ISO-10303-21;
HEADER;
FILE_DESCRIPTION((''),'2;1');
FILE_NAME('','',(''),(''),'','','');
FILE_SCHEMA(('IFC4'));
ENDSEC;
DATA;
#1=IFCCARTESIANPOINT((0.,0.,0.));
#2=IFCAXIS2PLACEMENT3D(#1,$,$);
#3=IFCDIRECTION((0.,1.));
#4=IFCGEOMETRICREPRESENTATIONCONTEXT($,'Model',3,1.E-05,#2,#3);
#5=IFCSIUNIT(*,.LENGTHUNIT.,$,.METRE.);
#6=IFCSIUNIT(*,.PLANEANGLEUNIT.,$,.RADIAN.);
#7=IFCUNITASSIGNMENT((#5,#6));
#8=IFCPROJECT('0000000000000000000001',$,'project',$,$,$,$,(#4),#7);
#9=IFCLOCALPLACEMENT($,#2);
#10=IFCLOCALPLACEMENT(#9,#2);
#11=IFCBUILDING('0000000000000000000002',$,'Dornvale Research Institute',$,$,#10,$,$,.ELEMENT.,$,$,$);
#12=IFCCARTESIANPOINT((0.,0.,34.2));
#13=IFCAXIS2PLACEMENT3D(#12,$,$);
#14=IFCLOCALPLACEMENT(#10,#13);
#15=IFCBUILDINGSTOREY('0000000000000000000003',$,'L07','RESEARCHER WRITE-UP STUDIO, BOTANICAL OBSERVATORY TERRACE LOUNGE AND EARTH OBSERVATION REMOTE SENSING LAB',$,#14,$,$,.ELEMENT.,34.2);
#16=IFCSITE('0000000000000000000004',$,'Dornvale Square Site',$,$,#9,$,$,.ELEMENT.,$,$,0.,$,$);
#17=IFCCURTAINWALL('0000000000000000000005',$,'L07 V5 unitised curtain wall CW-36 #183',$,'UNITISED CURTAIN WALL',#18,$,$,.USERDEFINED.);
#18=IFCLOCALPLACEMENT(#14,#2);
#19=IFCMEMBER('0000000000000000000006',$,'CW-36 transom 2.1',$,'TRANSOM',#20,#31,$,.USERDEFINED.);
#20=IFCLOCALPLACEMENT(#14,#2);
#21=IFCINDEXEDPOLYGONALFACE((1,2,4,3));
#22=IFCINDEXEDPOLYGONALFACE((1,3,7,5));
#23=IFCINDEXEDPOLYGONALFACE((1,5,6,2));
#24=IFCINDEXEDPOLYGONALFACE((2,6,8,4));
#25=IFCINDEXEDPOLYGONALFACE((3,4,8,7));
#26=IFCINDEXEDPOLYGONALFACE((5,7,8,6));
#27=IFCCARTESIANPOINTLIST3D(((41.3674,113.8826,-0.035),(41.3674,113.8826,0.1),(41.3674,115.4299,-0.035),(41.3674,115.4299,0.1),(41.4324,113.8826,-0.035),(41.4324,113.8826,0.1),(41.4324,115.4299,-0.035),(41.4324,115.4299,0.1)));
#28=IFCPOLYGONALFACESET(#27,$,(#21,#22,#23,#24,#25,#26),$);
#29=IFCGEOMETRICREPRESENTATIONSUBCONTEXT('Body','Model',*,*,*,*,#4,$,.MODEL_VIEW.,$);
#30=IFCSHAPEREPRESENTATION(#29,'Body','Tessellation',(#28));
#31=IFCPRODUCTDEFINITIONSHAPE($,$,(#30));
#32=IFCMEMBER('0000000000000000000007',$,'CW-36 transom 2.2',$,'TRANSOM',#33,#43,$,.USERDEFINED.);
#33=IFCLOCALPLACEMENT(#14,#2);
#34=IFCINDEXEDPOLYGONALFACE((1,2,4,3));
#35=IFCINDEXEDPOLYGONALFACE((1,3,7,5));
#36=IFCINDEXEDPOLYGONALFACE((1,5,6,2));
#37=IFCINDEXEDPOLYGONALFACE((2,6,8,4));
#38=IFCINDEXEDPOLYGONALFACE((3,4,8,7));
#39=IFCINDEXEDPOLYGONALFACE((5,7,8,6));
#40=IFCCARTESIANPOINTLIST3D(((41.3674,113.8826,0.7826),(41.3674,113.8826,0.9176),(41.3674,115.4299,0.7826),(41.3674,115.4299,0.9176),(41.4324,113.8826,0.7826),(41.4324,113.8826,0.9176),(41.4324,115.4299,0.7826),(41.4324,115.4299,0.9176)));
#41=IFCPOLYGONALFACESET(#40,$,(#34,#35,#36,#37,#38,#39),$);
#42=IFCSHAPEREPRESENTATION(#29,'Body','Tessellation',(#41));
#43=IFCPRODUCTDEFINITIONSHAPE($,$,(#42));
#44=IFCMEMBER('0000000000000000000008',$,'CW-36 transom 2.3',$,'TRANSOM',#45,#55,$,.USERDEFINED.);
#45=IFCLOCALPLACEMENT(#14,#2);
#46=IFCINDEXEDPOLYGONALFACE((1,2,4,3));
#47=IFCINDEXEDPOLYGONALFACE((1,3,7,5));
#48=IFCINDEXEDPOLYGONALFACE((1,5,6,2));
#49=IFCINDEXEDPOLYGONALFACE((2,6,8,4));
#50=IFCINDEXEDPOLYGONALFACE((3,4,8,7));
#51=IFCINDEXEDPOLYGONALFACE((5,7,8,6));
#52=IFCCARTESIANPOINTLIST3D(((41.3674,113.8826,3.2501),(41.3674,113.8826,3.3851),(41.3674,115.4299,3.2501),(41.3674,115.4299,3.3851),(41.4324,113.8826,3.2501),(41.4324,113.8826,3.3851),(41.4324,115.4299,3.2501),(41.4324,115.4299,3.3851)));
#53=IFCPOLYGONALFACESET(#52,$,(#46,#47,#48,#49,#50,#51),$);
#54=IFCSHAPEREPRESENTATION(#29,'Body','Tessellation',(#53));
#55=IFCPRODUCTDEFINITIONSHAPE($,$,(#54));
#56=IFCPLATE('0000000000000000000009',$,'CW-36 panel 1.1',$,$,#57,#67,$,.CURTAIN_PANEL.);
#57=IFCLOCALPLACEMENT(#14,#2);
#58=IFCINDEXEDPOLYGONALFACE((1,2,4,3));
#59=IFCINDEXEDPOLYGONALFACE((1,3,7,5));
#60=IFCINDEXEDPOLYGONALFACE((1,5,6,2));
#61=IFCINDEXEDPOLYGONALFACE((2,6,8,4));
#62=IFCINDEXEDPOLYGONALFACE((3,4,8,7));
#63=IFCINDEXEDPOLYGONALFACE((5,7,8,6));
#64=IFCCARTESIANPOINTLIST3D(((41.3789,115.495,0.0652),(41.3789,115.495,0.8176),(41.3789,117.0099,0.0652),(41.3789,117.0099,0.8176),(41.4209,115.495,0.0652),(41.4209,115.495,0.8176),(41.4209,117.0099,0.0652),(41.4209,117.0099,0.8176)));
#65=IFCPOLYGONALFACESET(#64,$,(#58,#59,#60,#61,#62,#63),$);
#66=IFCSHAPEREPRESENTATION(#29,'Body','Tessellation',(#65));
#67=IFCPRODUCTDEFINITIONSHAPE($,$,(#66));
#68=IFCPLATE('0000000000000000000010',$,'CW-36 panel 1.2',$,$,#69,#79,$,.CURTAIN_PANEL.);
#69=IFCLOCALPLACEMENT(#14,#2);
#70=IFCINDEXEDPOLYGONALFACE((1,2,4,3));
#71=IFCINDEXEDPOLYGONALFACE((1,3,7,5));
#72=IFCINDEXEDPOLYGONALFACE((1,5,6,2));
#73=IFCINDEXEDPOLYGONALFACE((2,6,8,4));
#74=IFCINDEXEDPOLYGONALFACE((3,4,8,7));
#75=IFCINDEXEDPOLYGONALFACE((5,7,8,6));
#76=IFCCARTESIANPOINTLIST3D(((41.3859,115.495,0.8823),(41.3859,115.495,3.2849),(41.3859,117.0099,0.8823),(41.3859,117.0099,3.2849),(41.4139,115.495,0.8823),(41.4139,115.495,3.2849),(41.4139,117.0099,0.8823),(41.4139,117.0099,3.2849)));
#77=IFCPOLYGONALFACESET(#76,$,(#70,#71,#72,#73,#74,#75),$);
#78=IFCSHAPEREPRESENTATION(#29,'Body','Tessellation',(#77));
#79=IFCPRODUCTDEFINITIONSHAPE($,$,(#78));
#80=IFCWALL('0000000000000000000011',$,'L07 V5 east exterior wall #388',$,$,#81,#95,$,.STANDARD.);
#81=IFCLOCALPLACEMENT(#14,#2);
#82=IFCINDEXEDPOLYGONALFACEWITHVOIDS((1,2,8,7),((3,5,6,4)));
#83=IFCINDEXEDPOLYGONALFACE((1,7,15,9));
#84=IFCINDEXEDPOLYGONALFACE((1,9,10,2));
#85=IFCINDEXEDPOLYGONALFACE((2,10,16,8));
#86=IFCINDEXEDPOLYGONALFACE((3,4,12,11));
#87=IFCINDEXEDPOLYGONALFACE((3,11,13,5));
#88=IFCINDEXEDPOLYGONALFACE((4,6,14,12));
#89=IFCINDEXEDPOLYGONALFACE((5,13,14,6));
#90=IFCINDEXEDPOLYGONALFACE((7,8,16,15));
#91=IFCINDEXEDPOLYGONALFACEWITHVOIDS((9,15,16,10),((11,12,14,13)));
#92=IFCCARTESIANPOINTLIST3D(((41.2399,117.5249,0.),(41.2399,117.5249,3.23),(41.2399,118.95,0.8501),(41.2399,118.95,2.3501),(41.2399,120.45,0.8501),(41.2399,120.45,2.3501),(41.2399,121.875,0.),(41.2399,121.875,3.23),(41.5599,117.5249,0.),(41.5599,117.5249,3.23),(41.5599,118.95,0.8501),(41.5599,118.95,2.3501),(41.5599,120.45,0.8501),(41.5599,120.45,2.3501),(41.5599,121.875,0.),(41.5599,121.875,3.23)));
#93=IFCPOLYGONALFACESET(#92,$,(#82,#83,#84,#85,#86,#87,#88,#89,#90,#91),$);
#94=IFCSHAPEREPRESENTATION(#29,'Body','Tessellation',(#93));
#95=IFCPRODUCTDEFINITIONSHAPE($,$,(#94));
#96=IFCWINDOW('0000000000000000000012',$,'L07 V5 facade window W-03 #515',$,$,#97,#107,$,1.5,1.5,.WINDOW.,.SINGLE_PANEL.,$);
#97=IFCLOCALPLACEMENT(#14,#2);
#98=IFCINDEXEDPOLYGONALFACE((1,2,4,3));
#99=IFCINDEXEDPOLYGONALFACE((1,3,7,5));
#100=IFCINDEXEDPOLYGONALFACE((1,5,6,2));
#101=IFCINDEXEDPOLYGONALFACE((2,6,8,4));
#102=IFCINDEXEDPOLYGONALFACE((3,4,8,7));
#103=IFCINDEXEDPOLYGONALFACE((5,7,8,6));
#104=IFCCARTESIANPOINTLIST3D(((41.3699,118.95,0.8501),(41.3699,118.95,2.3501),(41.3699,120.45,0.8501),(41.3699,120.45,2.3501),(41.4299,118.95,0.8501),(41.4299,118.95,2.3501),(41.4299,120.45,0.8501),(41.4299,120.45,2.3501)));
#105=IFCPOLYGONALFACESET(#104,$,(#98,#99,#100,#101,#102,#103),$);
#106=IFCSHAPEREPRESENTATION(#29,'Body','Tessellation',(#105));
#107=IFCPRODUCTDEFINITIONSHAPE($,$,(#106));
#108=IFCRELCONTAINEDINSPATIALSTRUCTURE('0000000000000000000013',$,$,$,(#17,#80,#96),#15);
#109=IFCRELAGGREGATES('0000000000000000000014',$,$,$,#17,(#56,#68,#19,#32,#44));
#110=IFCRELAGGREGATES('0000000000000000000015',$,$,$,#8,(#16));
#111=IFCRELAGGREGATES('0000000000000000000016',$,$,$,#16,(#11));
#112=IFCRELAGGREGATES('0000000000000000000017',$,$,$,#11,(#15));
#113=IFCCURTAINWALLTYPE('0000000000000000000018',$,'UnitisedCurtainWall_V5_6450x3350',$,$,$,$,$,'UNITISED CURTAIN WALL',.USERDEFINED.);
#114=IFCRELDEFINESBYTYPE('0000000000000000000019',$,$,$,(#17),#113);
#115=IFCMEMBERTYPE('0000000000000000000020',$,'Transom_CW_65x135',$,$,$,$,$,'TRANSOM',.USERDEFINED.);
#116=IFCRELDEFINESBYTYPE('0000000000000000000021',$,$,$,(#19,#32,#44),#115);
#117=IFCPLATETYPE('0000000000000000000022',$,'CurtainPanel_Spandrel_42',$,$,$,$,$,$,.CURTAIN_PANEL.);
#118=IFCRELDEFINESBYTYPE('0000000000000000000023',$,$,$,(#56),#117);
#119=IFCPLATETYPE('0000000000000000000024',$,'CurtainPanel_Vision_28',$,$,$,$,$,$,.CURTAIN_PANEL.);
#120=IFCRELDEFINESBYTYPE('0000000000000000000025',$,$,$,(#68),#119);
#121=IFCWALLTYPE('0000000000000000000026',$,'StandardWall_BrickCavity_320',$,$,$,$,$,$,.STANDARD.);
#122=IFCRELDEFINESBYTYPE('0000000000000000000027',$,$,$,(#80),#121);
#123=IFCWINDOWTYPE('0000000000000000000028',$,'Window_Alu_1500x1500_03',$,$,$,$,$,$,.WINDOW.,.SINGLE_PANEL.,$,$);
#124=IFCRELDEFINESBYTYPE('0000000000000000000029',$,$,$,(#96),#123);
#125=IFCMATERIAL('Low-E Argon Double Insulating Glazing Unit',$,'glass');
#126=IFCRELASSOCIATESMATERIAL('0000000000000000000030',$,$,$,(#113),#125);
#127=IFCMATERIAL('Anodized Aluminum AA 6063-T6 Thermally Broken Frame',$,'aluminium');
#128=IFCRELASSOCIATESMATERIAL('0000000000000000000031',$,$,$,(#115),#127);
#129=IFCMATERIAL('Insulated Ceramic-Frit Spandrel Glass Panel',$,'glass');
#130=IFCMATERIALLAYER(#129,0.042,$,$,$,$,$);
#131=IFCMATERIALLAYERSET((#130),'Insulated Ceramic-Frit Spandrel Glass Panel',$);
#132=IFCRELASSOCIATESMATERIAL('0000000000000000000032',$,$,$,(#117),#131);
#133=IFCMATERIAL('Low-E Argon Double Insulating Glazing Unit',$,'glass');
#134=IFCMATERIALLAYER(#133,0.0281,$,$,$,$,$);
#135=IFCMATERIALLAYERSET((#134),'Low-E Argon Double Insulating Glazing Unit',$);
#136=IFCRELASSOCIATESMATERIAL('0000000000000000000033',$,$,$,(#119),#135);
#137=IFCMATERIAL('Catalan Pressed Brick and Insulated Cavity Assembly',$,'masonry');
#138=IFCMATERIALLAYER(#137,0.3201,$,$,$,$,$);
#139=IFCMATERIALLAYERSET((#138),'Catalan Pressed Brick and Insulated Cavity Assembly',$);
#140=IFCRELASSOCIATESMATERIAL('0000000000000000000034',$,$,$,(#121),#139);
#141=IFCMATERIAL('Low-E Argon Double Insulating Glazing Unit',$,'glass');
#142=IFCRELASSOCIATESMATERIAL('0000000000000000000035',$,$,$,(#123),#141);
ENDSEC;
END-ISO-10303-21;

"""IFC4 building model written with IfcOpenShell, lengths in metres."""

from ifc_helpers import new_model, si_unit, direction, frame, frame_2d, origin, origin_2d, place, context, subcontext, project, spatial, rectangle, extrude, material, layer, layer_set, material_profile, profile_set, type_object, element, fill, aggregate, save


model = new_model("IFC4")

# Units and contexts
model_context = context("Model", 3, precision=1e-05, world=origin(), true_north=direction((0.0, 1.0)))
body_context = subcontext(model_context, "Body", "Model", "MODEL_VIEW")
ifc_project = project(units=[si_unit("LENGTHUNIT", "METRE"), si_unit("PLANEANGLEUNIT", "RADIAN")], contexts=[model_context])

# Site, building, storey
site_placement = place(None, origin())
site = spatial("IfcSite", under=ifc_project, at=site_placement, Name="Dornvale Square Site", CompositionType="ELEMENT", RefElevation=0.0)
building_placement = place(site_placement, origin())
building = spatial("IfcBuilding", under=site, at=building_placement, Name="Dornvale Research Institute", CompositionType="ELEMENT")
storey_placement = place(building_placement, frame((0.0, 0.0, 34.2)))
storey = spatial("IfcBuildingStorey", under=building, at=storey_placement, Name="L07", Description="RESEARCHER WRITE-UP STUDIO, BOTANICAL OBSERVATORY TERRACE LOUNGE AND EARTH OBSERVATION REMOTE SENSING LAB", CompositionType="ELEMENT", Elevation=34.2)

# Curtain wall
ifc_material_1 = material(Name="Low-E Argon Double Insulating Glazing Unit", Category="glass")
curtain_wall_type = type_object("IfcCurtainWallType", Name="UnitisedCurtainWall_V5_6450x3350", ElementType="UNITISED CURTAIN WALL", PredefinedType="USERDEFINED", material=ifc_material_1)
curtain_wall_placement = place(storey_placement, origin())
curtain_wall = element("IfcCurtainWall", 1, at=curtain_wall_placement, inside=storey, type_object=curtain_wall_type, Name="L07 V5 unitised curtain wall CW-36 #183", ObjectType="UNITISED CURTAIN WALL", PredefinedType="USERDEFINED")

# Members
ifc_material_2 = material(Name="Anodized Aluminum AA 6063-T6 Thermally Broken Frame", Category="aluminium")
ifc_material_profile_1 = material_profile(ifc_material_2, rectangle(XDim=0.0649, YDim=0.135, at=origin_2d()), Name="ALU TRANSOM 65x135")
ifc_profile_set_1 = profile_set([ifc_material_profile_1], Name="Anodized Aluminum AA 6063-T6 Thermally Broken Frame")
member_type_1 = type_object("IfcMemberType", Name="Transom_CW_65x135", ElementType="TRANSOM", PredefinedType="USERDEFINED", material=ifc_profile_set_1)
member_1_placement = place(storey_placement, frame((41.3999, 115.4299, 0.0325), z_axis=(0.0, -1.0, 0.0), x_axis=(1.0, 0.0, 0.0)))
member_1 = element("IfcMember", 2, at=member_1_placement, type_object=member_type_1, Name="CW-36 transom 2.1", ObjectType="TRANSOM", PredefinedType="USERDEFINED", context=body_context, shape_type="SweptSolid", body=[
    extrude(rectangle(XDim=0.0649, YDim=0.135, at=origin_2d()), origin(), (0.0, 0.0, 1.0), 1.5474),
])
member_2_placement = place(storey_placement, frame((41.3999, 115.4299, 0.8501), z_axis=(0.0, -1.0, 0.0), x_axis=(1.0, 0.0, 0.0)))
member_2 = element("IfcMember", 3, at=member_2_placement, type_object=member_type_1, Name="CW-36 transom 2.2", ObjectType="TRANSOM", PredefinedType="USERDEFINED", context=body_context, shape_type="SweptSolid", body=[
    extrude(rectangle(XDim=0.0649, YDim=0.135, at=origin_2d()), origin(), (0.0, 0.0, 1.0), 1.5474),
])
member_3_placement = place(storey_placement, frame((41.3999, 115.4299, 3.3176), z_axis=(0.0, -1.0, 0.0), x_axis=(1.0, 0.0, 0.0)))
member_3 = element("IfcMember", 4, at=member_3_placement, type_object=member_type_1, Name="CW-36 transom 2.3", ObjectType="TRANSOM", PredefinedType="USERDEFINED", context=body_context, shape_type="SweptSolid", body=[
    extrude(rectangle(XDim=0.0649, YDim=0.135, at=origin_2d()), origin(), (0.0, 0.0, 1.0), 1.5474),
])

# Plates
ifc_material_3 = material(Name="Insulated Ceramic-Frit Spandrel Glass Panel", Category="glass")
ifc_layer_1 = layer(ifc_material_3, 0.042)
ifc_layer_set_1 = layer_set([ifc_layer_1], Name="Insulated Ceramic-Frit Spandrel Glass Panel")
plate_type_1 = type_object("IfcPlateType", Name="CurtainPanel_Spandrel_42", PredefinedType="CURTAIN_PANEL", material=ifc_layer_set_1)
plate_1_placement = place(storey_placement, frame((41.3999, 116.2524, 0.0652), z_axis=(0.0, 0.0, 1.0), x_axis=(0.0, -1.0, 0.0)))
plate_1 = element("IfcPlate", 5, at=plate_1_placement, type_object=plate_type_1, Name="CW-36 panel 1.1", PredefinedType="CURTAIN_PANEL", context=body_context, shape_type="SweptSolid", body=[
    extrude(rectangle(XDim=1.5149, YDim=0.042, at=origin_2d()), origin(), (0.0, 0.0, 1.0), 0.7524),
])
ifc_material_4 = material(Name="Low-E Argon Double Insulating Glazing Unit", Category="glass")
ifc_layer_2 = layer(ifc_material_4, 0.0281)
ifc_layer_set_2 = layer_set([ifc_layer_2], Name="Low-E Argon Double Insulating Glazing Unit")
plate_type_2 = type_object("IfcPlateType", Name="CurtainPanel_Vision_28", PredefinedType="CURTAIN_PANEL", material=ifc_layer_set_2)
plate_2_placement = place(storey_placement, frame((41.3999, 116.2524, 0.8823), z_axis=(0.0, 0.0, 1.0), x_axis=(0.0, -1.0, 0.0)))
plate_2 = element("IfcPlate", 6, at=plate_2_placement, type_object=plate_type_2, Name="CW-36 panel 1.2", PredefinedType="CURTAIN_PANEL", context=body_context, shape_type="SweptSolid", body=[
    extrude(rectangle(XDim=1.5149, YDim=0.0281, at=origin_2d()), origin(), (0.0, 0.0, 1.0), 2.4026),
])
aggregate(curtain_wall, [plate_1, plate_2, member_1, member_2, member_3])

# Wall, opening, window
ifc_material_5 = material(Name="Catalan Pressed Brick and Insulated Cavity Assembly", Category="masonry")
ifc_layer_3 = layer(ifc_material_5, 0.3201)
ifc_layer_set_3 = layer_set([ifc_layer_3], Name="Catalan Pressed Brick and Insulated Cavity Assembly")
wall_type = type_object("IfcWallType", Name="StandardWall_BrickCavity_320", PredefinedType="STANDARD", material=ifc_layer_set_3)
wall_placement = place(storey_placement, frame((41.3999, 121.875, 0.0), z_axis=(0.0, 0.0, 1.0), x_axis=(0.0, -1.0, 0.0)))
wall = element("IfcWall", 7, at=wall_placement, inside=storey, type_object=wall_type, Name="L07 V5 east exterior wall #388", PredefinedType="STANDARD", context=body_context, shape_type="SweptSolid", body=[
    extrude(rectangle(XDim=4.3501, YDim=0.3201, at=frame_2d((2.175, 0.0))), origin(), (0.0, 0.0, 1.0), 3.23),
])
opening_placement = place(wall_placement, frame((1.425, 0.0, 0.8501)))
opening = element("IfcOpeningElement", 8, at=opening_placement, cuts=wall, PredefinedType="OPENING", context=body_context, shape_type="SweptSolid", body=[
    extrude(rectangle(XDim=1.5, YDim=1.5, at=frame_2d((0.75, 0.75))), frame((0.0, 0.175, 0.0), z_axis=(0.0, -1.0, 0.0), x_axis=(1.0, 0.0, 0.0)), (0.0, 0.0, 1.0), 0.3501),
])
ifc_material_6 = material(Name="Low-E Argon Double Insulating Glazing Unit", Category="glass")
window_type = type_object("IfcWindowType", Name="Window_Alu_1500x1500_03", PartitioningType="SINGLE_PANEL", PredefinedType="WINDOW", material=ifc_material_6)
window_placement = place(opening_placement, origin())
window = element("IfcWindow", 9, at=window_placement, inside=storey, type_object=window_type, Name="L07 V5 facade window W-03 #515", OverallHeight=1.5, OverallWidth=1.5, PartitioningType="SINGLE_PANEL", PredefinedType="WINDOW", context=body_context, shape_type="SweptSolid", body=[
    extrude(rectangle(XDim=1.5, YDim=1.5, at=frame_2d((0.75, 0.75))), frame((0.0, 0.03, 0.0), z_axis=(0.0, -1.0, 0.0), x_axis=(1.0, 0.0, 0.0)), (0.0, 0.0, 1.0), 0.0601),
])
fill(opening, window)

save(model, "model.ifc")
